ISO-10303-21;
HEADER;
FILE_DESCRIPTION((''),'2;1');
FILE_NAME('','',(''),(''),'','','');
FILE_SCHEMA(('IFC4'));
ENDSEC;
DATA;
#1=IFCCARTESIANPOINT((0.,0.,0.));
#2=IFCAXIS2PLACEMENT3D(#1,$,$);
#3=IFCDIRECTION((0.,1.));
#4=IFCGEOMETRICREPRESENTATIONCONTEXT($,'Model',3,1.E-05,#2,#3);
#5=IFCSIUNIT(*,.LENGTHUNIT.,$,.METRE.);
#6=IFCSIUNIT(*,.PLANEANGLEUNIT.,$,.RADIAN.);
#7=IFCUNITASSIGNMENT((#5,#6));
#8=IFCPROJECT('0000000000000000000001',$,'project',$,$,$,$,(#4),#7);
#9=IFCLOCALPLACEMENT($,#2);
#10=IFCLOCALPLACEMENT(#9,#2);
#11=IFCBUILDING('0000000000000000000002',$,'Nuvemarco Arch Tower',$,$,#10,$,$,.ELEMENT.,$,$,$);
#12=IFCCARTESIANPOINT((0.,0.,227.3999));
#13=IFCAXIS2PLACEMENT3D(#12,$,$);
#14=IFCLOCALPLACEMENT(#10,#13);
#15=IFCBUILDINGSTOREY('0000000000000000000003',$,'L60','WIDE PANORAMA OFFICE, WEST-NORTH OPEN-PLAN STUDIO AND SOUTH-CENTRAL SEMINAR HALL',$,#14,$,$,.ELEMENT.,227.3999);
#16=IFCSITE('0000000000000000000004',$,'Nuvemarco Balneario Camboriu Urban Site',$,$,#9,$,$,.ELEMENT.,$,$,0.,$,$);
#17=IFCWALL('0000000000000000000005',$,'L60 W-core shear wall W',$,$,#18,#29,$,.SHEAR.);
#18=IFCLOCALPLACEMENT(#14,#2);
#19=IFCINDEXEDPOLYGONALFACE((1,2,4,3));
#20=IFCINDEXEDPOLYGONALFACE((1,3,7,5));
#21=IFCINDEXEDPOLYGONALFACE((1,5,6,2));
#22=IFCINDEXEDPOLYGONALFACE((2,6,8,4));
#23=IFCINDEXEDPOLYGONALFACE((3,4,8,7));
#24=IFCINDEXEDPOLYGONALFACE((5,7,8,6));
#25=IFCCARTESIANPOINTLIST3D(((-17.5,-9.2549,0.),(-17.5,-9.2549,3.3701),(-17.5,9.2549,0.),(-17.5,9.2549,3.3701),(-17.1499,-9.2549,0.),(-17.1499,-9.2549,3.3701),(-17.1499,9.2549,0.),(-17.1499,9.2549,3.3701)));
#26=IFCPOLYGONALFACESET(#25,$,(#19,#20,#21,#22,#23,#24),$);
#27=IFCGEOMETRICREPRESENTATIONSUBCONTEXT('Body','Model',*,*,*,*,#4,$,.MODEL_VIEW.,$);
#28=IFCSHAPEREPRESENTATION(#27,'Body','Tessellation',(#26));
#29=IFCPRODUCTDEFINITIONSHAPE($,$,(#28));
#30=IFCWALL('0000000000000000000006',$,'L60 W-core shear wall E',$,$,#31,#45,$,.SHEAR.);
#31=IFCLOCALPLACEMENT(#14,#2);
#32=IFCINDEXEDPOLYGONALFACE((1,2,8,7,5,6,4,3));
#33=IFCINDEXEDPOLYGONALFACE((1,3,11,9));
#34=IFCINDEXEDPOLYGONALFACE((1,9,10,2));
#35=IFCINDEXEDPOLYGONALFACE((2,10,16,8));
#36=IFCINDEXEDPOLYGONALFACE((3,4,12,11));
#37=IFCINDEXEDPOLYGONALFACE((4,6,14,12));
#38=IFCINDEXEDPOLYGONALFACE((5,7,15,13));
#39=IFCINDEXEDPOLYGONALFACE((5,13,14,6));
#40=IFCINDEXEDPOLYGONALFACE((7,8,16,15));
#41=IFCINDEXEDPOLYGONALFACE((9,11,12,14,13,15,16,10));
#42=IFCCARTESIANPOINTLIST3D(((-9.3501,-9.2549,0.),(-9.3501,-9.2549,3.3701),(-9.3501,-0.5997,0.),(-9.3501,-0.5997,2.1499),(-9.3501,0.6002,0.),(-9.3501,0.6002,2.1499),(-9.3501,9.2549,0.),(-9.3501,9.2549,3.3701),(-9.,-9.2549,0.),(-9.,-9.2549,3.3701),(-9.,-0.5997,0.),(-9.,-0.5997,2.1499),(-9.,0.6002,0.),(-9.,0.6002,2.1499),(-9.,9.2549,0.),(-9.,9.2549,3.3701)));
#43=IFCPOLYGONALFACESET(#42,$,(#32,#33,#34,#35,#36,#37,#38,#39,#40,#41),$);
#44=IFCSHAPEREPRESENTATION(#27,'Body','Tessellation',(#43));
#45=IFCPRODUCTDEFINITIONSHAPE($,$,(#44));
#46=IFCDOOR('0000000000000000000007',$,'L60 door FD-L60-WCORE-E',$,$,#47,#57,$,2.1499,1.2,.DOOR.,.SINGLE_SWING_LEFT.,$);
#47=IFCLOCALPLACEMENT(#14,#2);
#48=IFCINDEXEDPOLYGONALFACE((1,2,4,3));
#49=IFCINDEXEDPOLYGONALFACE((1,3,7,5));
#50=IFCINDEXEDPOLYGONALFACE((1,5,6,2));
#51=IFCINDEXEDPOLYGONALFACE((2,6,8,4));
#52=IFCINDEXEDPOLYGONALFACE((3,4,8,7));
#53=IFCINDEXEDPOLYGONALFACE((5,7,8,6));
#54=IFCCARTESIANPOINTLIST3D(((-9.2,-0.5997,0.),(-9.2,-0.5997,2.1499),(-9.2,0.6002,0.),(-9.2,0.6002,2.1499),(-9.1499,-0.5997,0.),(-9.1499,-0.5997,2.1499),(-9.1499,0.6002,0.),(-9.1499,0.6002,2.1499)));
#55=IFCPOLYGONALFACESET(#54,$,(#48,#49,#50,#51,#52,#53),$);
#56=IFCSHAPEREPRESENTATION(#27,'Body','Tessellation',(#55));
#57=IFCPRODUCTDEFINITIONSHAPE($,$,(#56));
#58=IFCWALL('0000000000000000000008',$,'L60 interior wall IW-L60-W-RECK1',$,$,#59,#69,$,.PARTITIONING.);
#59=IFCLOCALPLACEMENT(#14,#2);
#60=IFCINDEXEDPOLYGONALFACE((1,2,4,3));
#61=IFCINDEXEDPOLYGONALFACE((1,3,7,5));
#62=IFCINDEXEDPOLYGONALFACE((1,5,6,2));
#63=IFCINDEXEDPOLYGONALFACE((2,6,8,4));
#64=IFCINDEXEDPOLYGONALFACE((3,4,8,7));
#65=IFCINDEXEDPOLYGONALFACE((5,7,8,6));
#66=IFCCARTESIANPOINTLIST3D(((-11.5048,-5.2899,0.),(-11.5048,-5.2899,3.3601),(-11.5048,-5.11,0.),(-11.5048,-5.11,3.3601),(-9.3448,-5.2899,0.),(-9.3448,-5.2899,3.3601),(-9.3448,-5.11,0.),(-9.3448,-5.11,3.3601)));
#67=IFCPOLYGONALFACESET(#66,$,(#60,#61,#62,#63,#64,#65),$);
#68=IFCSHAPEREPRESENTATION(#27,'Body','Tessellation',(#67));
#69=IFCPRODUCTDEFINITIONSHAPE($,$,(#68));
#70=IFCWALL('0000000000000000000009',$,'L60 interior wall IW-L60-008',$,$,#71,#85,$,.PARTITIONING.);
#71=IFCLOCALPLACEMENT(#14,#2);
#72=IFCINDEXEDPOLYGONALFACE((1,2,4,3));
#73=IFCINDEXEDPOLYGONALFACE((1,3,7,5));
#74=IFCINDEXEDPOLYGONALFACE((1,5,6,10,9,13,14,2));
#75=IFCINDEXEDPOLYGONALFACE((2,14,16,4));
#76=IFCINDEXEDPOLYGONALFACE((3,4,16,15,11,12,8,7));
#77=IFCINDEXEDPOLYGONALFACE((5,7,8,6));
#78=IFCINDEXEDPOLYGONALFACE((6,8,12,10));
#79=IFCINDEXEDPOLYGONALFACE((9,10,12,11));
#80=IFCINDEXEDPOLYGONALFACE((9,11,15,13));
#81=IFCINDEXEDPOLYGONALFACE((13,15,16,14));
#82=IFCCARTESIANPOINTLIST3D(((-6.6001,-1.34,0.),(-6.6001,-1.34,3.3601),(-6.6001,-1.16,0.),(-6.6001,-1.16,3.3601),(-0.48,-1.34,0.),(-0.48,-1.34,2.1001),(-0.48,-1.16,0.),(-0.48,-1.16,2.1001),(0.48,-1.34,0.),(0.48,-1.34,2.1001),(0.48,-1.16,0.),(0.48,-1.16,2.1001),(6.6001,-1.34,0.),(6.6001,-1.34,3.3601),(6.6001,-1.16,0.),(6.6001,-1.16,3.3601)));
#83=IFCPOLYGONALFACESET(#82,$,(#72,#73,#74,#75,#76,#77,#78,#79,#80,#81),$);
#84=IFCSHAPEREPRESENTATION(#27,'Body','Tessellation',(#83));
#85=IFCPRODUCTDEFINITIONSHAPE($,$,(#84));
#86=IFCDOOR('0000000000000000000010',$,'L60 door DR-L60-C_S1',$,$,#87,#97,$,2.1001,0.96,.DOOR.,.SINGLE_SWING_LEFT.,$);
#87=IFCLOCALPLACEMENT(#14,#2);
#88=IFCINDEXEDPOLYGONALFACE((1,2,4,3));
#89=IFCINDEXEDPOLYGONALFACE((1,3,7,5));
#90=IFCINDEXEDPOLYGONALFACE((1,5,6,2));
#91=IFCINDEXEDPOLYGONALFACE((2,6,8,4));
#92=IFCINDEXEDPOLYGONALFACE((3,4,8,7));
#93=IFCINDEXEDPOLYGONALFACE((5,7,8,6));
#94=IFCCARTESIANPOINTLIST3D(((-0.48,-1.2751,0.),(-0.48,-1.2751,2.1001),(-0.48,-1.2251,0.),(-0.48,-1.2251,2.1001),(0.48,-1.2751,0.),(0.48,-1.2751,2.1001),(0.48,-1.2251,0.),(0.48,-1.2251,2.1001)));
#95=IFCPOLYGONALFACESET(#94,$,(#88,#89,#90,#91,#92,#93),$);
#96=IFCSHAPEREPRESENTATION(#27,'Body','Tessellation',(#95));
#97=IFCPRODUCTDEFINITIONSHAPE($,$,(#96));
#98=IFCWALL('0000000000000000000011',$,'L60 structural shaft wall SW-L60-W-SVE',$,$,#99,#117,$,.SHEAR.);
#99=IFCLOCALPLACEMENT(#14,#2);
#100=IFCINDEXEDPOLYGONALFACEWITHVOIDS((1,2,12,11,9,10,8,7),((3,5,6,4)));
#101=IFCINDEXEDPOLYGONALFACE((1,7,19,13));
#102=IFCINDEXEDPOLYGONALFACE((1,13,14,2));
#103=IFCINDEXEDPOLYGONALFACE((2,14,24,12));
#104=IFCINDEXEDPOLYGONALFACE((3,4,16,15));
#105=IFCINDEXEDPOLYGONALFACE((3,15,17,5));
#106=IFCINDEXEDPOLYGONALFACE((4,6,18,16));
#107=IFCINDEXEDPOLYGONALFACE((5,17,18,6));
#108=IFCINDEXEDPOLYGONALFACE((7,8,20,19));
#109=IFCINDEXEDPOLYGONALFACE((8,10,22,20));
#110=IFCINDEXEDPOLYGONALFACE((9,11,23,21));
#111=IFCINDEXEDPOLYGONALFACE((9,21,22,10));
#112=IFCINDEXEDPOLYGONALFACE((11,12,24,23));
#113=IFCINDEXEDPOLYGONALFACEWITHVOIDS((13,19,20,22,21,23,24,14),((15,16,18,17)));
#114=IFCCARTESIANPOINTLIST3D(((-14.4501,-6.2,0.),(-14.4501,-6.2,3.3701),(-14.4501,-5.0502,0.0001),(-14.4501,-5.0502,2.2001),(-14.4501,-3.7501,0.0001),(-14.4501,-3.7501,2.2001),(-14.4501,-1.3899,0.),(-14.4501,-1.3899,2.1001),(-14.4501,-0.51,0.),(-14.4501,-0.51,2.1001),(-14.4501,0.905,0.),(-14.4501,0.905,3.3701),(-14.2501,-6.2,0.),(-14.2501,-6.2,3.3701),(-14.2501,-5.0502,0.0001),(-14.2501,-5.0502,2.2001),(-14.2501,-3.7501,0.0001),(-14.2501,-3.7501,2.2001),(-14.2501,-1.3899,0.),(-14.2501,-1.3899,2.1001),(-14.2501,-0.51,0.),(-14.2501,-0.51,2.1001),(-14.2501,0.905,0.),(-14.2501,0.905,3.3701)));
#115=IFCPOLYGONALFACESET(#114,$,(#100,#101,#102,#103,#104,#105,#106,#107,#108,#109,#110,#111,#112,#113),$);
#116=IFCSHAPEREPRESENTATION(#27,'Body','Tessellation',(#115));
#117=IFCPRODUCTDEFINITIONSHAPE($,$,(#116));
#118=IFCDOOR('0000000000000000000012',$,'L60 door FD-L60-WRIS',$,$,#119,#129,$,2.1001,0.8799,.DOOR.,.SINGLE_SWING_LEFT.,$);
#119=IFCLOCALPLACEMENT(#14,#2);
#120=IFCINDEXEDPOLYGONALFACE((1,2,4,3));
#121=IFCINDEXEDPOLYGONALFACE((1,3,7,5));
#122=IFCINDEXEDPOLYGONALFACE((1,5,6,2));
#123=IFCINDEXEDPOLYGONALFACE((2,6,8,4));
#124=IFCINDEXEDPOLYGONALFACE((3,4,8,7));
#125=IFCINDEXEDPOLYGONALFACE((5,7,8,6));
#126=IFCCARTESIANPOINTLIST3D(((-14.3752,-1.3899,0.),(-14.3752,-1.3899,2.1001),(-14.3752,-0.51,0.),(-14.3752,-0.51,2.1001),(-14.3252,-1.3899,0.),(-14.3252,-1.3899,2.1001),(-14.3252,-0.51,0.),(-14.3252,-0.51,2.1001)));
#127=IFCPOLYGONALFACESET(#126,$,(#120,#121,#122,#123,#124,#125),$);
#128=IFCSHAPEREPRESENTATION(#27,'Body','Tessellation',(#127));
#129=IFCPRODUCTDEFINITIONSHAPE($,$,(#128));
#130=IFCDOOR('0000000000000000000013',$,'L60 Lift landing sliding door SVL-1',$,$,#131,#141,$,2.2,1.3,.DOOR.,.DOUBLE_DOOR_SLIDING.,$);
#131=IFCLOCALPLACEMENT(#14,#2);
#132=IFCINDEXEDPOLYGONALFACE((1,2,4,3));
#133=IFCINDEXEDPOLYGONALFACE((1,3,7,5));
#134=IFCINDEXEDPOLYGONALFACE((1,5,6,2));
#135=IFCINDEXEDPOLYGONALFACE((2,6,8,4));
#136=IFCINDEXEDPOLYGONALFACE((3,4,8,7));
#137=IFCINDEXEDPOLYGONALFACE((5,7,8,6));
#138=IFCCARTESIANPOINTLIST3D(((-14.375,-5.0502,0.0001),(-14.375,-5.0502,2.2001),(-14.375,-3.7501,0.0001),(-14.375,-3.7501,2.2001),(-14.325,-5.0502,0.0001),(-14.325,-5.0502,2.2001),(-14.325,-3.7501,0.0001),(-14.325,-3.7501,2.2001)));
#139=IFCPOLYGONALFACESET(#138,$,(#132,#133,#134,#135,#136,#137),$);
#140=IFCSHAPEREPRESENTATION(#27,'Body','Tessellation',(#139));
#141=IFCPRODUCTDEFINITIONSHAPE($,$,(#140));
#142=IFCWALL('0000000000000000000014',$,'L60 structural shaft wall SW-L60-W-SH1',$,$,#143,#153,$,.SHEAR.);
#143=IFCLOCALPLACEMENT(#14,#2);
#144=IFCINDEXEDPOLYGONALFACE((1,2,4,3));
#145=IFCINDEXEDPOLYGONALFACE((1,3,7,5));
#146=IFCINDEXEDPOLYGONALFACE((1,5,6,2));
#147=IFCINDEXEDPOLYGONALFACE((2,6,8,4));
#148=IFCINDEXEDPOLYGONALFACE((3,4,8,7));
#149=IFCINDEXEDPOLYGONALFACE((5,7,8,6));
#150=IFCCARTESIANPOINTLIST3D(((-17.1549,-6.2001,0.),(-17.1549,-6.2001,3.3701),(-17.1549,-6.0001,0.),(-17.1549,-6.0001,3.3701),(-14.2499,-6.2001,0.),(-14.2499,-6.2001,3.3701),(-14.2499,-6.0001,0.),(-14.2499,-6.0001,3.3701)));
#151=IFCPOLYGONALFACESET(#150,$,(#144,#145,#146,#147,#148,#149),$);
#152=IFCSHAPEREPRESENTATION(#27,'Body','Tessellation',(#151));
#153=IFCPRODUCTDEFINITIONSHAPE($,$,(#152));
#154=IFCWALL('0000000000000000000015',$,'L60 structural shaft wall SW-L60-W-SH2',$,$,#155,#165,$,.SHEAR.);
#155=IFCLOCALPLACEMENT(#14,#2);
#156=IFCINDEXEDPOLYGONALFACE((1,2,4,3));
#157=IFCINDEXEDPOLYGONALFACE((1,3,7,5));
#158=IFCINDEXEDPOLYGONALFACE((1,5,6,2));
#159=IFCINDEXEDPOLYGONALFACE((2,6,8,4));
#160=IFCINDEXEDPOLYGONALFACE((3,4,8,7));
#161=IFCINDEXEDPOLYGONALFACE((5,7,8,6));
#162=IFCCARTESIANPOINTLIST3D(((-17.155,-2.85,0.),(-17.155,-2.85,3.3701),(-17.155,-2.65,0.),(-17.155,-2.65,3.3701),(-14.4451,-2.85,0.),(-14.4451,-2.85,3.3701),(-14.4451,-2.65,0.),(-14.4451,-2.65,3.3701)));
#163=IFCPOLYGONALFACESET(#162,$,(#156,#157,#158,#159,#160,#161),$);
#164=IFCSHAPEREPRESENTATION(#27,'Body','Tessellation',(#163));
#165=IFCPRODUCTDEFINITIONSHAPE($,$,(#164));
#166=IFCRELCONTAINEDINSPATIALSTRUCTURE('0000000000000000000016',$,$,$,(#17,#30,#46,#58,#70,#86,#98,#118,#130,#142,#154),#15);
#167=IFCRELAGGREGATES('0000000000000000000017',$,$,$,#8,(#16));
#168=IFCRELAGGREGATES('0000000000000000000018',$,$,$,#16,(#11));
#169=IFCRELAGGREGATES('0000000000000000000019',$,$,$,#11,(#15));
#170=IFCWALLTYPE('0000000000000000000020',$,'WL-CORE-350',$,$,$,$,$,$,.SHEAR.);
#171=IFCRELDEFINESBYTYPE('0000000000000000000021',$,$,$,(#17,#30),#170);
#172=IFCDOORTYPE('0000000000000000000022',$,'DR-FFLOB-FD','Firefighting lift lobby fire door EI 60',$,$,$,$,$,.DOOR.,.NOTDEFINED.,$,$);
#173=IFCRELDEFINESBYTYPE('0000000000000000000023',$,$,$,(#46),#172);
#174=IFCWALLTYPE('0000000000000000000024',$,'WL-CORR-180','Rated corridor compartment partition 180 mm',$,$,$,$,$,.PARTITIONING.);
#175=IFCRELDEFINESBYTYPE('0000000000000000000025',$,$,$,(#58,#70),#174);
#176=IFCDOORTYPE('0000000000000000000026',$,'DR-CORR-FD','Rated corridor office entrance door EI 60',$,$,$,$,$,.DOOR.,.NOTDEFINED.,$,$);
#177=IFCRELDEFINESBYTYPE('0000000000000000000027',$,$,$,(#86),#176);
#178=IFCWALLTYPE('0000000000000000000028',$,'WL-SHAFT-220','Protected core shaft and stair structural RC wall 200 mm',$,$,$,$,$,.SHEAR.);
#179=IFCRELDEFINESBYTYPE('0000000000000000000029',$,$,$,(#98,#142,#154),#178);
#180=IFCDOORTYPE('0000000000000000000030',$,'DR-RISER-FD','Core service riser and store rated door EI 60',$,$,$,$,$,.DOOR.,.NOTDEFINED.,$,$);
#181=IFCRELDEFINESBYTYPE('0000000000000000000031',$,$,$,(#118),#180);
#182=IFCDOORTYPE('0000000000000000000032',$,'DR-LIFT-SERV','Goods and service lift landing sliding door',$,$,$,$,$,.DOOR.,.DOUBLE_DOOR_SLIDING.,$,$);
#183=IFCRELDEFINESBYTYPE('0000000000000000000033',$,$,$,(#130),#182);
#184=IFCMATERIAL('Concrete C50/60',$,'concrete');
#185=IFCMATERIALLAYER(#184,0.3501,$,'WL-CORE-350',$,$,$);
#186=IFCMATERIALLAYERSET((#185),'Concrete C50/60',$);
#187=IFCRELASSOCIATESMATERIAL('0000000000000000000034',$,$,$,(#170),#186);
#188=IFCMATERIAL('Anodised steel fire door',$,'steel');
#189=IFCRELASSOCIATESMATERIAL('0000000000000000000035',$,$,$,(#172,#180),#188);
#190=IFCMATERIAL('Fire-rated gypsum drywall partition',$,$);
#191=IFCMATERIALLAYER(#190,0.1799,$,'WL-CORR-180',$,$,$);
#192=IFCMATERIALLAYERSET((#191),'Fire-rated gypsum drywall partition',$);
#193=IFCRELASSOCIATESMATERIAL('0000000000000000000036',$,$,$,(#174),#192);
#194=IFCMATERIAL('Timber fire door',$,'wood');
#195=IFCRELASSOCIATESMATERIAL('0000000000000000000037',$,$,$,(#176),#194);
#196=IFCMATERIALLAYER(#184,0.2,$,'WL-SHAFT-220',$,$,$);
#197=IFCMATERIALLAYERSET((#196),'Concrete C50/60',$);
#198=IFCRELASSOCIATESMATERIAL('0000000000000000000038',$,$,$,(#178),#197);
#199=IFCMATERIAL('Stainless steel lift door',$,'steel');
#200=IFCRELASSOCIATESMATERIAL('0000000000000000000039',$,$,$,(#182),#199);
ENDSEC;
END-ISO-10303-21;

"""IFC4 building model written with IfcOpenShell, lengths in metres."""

from ifc_helpers import new_model, si_unit, direction, frame, frame_2d, origin, place, context, subcontext, project, spatial, rectangle, extrude, source, transform, mapped, material, layer, layer_set, type_object, type_shapes, element, fill, save


model = new_model("IFC4")

# Units and contexts
model_context = context("Model", 3, precision=1e-05, world=origin(), true_north=direction((0.0, 1.0)))
body_context = subcontext(model_context, "Body", "Model", "MODEL_VIEW")
ifc_project = project(units=[si_unit("LENGTHUNIT", "METRE"), si_unit("PLANEANGLEUNIT", "RADIAN")], contexts=[model_context])

# Site, building, storey
site_placement = place(None, origin())
site = spatial("IfcSite", under=ifc_project, at=site_placement, Name="Nuvemarco Balneario Camboriu Urban Site", CompositionType="ELEMENT", RefElevation=0.0)
building_placement = place(site_placement, origin())
building = spatial("IfcBuilding", under=site, at=building_placement, Name="Nuvemarco Arch Tower", CompositionType="ELEMENT")
storey_placement = place(building_placement, frame((0.0, 0.0, 227.3999)))
storey = spatial("IfcBuildingStorey", under=building, at=storey_placement, Name="L60", Description="WIDE PANORAMA OFFICE, WEST-NORTH OPEN-PLAN STUDIO AND SOUTH-CENTRAL SEMINAR HALL", CompositionType="ELEMENT", Elevation=227.3999)

# Shared definitions
ifc_material_1 = material(Name="Concrete C50/60", Category="concrete")

# Wall
ifc_layer_1 = layer(ifc_material_1, 0.3501, Name="WL-CORE-350")
ifc_layer_set_1 = layer_set([ifc_layer_1], Name="Concrete C50/60")
wall_type_1 = type_object("IfcWallType", Name="WL-CORE-350", PredefinedType="SHEAR", material=ifc_layer_set_1)
wall_1_placement = place(storey_placement, frame((-17.325, -9.2549, 0.0), z_axis=(0.0, 0.0, 1.0), x_axis=(0.0, 1.0, 0.0)))
element("IfcWall", 1, at=wall_1_placement, inside=storey, type_object=wall_type_1, Name="L60 W-core shear wall W", PredefinedType="SHEAR", context=body_context, shape_type="SweptSolid", body=[
    extrude(rectangle(XDim=18.5098, YDim=0.3501, at=frame_2d((9.2549, 0.0))), origin(), (0.0, 0.0, 1.0), 3.3701),
])

# Wall, opening, door
wall_2_placement = place(storey_placement, frame((-9.175, -9.2549, 0.0), z_axis=(0.0, 0.0, 1.0), x_axis=(0.0, 1.0, 0.0)))
wall_2 = element("IfcWall", 2, at=wall_2_placement, inside=storey, type_object=wall_type_1, Name="L60 W-core shear wall E", PredefinedType="SHEAR", context=body_context, shape_type="SweptSolid", body=[
    extrude(rectangle(XDim=18.5098, YDim=0.3501, at=frame_2d((9.2549, 0.0))), origin(), (0.0, 0.0, 1.0), 3.3701),
])
opening_1_placement = place(wall_2_placement, frame((8.655, 0.0, 0.0)))
opening_1 = element("IfcOpeningElement", 3, at=opening_1_placement, cuts=wall_2, PredefinedType="OPENING", context=body_context, shape_type="SweptSolid", body=[
    extrude(rectangle(XDim=1.2, YDim=2.1499, at=frame_2d((0.6001, 1.075))), frame((0.0, 0.1851, 0.0), z_axis=(0.0, -1.0, 0.0), x_axis=(1.0, 0.0, 0.0)), (0.0, 0.0, 1.0), 0.3701),
])
ifc_material_2 = material(Name="Anodised steel fire door", Category="steel")
door_type_1 = type_object("IfcDoorType", Name="DR-FFLOB-FD", Description="Firefighting lift lobby fire door EI 60", OperationType="NOTDEFINED", PredefinedType="DOOR", material=ifc_material_2)
shared_shape_1 = source(origin(), body_context, "Body", "SweptSolid", [
    extrude(rectangle(XDim=1.2, YDim=2.1499, at=frame_2d((0.6001, 1.075))), frame((0.0, 0.0249, 0.0), z_axis=(0.0, -1.0, 0.0), x_axis=(1.0, 0.0, 0.0)), (0.0, 0.0, 1.0), 0.05),
])
type_shapes(door_type_1, [shared_shape_1])
door_1_placement = place(opening_1_placement, origin())
door_1 = element("IfcDoor", 4, at=door_1_placement, inside=storey, type_object=door_type_1, Name="L60 door FD-L60-WCORE-E", OperationType="SINGLE_SWING_LEFT", OverallHeight=2.1499, OverallWidth=1.2, PredefinedType="DOOR", context=body_context, shape_type="MappedRepresentation", body=[
    mapped(shared_shape_1, transform((0.0, 0.0, 0.0), scale=1.0)),
])
fill(opening_1, door_1)

# Wall
ifc_material_3 = material(Name="Fire-rated gypsum drywall partition")
ifc_layer_2 = layer(ifc_material_3, 0.1799, Name="WL-CORR-180")
ifc_layer_set_2 = layer_set([ifc_layer_2], Name="Fire-rated gypsum drywall partition")
wall_type_2 = type_object("IfcWallType", Name="WL-CORR-180", Description="Rated corridor compartment partition 180 mm", PredefinedType="PARTITIONING", material=ifc_layer_set_2)
wall_3_placement = place(storey_placement, frame((-11.5049, -5.2, 0.0), z_axis=(0.0, 0.0, 1.0), x_axis=(1.0, 0.0, 0.0)))
element("IfcWall", 5, at=wall_3_placement, inside=storey, type_object=wall_type_2, Name="L60 interior wall IW-L60-W-RECK1", PredefinedType="PARTITIONING", context=body_context, shape_type="SweptSolid", body=[
    extrude(rectangle(XDim=2.1599, YDim=0.1799, at=frame_2d((1.0801, 0.0))), origin(), (0.0, 0.0, 1.0), 3.3601),
])

# Wall, opening, door
wall_4_placement = place(storey_placement, frame((-6.6001, -1.25, 0.0), z_axis=(0.0, 0.0, 1.0), x_axis=(1.0, 0.0, 0.0)))
wall_4 = element("IfcWall", 6, at=wall_4_placement, inside=storey, type_object=wall_type_2, Name="L60 interior wall IW-L60-008", PredefinedType="PARTITIONING", context=body_context, shape_type="SweptSolid", body=[
    extrude(rectangle(XDim=13.2002, YDim=0.1799, at=frame_2d((6.6001, 0.0))), origin(), (0.0, 0.0, 1.0), 3.3601),
])
opening_2_placement = place(wall_4_placement, frame((6.1201, 0.0, 0.0)))
opening_2 = element("IfcOpeningElement", 7, at=opening_2_placement, cuts=wall_4, PredefinedType="OPENING", context=body_context, shape_type="SweptSolid", body=[
    extrude(rectangle(XDim=0.96, YDim=2.1001, at=frame_2d((0.48, 1.05))), frame((0.0, 0.0999, 0.0), z_axis=(0.0, -1.0, 0.0), x_axis=(1.0, 0.0, 0.0)), (0.0, 0.0, 1.0), 0.2),
])
ifc_material_4 = material(Name="Timber fire door", Category="wood")
door_type_2 = type_object("IfcDoorType", Name="DR-CORR-FD", Description="Rated corridor office entrance door EI 60", OperationType="NOTDEFINED", PredefinedType="DOOR", material=ifc_material_4)
shared_shape_2 = source(origin(), body_context, "Body", "SweptSolid", [
    extrude(rectangle(XDim=0.96, YDim=2.1001, at=frame_2d((0.48, 1.05))), frame((0.0, 0.0249, 0.0), z_axis=(0.0, -1.0, 0.0), x_axis=(1.0, 0.0, 0.0)), (0.0, 0.0, 1.0), 0.05),
])
type_shapes(door_type_2, [shared_shape_2])
door_2_placement = place(opening_2_placement, origin())
door_2 = element("IfcDoor", 8, at=door_2_placement, inside=storey, type_object=door_type_2, Name="L60 door DR-L60-C_S1", OperationType="SINGLE_SWING_LEFT", OverallHeight=2.1001, OverallWidth=0.96, PredefinedType="DOOR", context=body_context, shape_type="MappedRepresentation", body=[
    mapped(shared_shape_2, transform((0.0, 0.0, 0.0), scale=1.0)),
])
fill(opening_2, door_2)
ifc_layer_3 = layer(ifc_material_1, 0.2, Name="WL-SHAFT-220")
ifc_layer_set_3 = layer_set([ifc_layer_3], Name="Concrete C50/60")
wall_type_3 = type_object("IfcWallType", Name="WL-SHAFT-220", Description="Protected core shaft and stair structural RC wall 200 mm", PredefinedType="SHEAR", material=ifc_layer_set_3)
ifc_material_5 = material(Name="Stainless steel lift door", Category="steel")

# Wall, openings, doors
wall_5_placement = place(storey_placement, frame((-14.3501, -6.2, 0.0), z_axis=(0.0, 0.0, 1.0), x_axis=(0.0, 1.0, 0.0)))
wall_5 = element("IfcWall", 9, at=wall_5_placement, inside=storey, type_object=wall_type_3, Name="L60 structural shaft wall SW-L60-W-SVE", PredefinedType="SHEAR", context=body_context, shape_type="SweptSolid", body=[
    extrude(rectangle(XDim=7.105, YDim=0.2, at=frame_2d((3.5525, 0.0))), origin(), (0.0, 0.0, 1.0), 3.3701),
])
opening_3_placement = place(wall_5_placement, frame((5.6899, 0.0, 0.0), z_axis=(0.0, 0.0, 1.0), x_axis=(-1.0, 0.0, 0.0)))
opening_3 = element("IfcOpeningElement", 10, at=opening_3_placement, cuts=wall_5, PredefinedType="OPENING", context=body_context, shape_type="SweptSolid", body=[
    extrude(rectangle(XDim=0.8799, YDim=2.1001, at=frame_2d((0.4399, 1.05))), frame((0.0, 0.1099, 0.0), z_axis=(0.0, -1.0, 0.0), x_axis=(1.0, 0.0, 0.0)), (0.0, 0.0, 1.0), 0.22),
])
opening_4_placement = place(wall_5_placement, frame((1.1499, 0.0, 0.0)))
opening_4 = element("IfcOpeningElement", 11, at=opening_4_placement, cuts=wall_5, PredefinedType="OPENING", context=body_context, shape_type="SweptSolid", body=[
    extrude(rectangle(XDim=1.3, YDim=2.2, at=frame_2d((0.6499, 1.1001))), frame((0.0, 0.1099, 0.0), z_axis=(0.0, -1.0, 0.0), x_axis=(1.0, 0.0, 0.0)), (0.0, 0.0, 1.0), 0.22),
])
door_type_3 = type_object("IfcDoorType", Name="DR-RISER-FD", Description="Core service riser and store rated door EI 60", OperationType="NOTDEFINED", PredefinedType="DOOR", material=ifc_material_2)
shared_shape_3 = source(origin(), body_context, "Body", "SweptSolid", [
    extrude(rectangle(XDim=0.8799, YDim=2.1001, at=frame_2d((0.4399, 1.05))), frame((0.0, 0.0249, 0.0), z_axis=(0.0, -1.0, 0.0), x_axis=(1.0, 0.0, 0.0)), (0.0, 0.0, 1.0), 0.05),
])
type_shapes(door_type_3, [shared_shape_3])
door_3_placement = place(opening_3_placement, origin())
door_3 = element("IfcDoor", 12, at=door_3_placement, inside=storey, type_object=door_type_3, Name="L60 door FD-L60-WRIS", OperationType="SINGLE_SWING_LEFT", OverallHeight=2.1001, OverallWidth=0.8799, PredefinedType="DOOR", context=body_context, shape_type="MappedRepresentation", body=[
    mapped(shared_shape_3, transform((0.0, 0.0, 0.0), scale=1.0)),
])
fill(opening_3, door_3)
door_type_4 = type_object("IfcDoorType", Name="DR-LIFT-SERV", Description="Goods and service lift landing sliding door", OperationType="DOUBLE_DOOR_SLIDING", PredefinedType="DOOR", material=ifc_material_5)
shared_shape_4 = source(origin(), body_context, "Body", "SweptSolid", [
    extrude(rectangle(XDim=1.3, YDim=2.2, at=frame_2d((0.6499, 1.1001))), frame((0.0, 0.0249, 0.0), z_axis=(0.0, -1.0, 0.0), x_axis=(1.0, 0.0, 0.0)), (0.0, 0.0, 1.0), 0.05),
])
type_shapes(door_type_4, [shared_shape_4])
door_4_placement = place(opening_4_placement, origin())
door_4 = element("IfcDoor", 13, at=door_4_placement, inside=storey, type_object=door_type_4, Name="L60 Lift landing sliding door SVL-1", OperationType="DOUBLE_DOOR_SLIDING", OverallHeight=2.2, OverallWidth=1.3, PredefinedType="DOOR", context=body_context, shape_type="MappedRepresentation", body=[
    mapped(shared_shape_4, transform((0.0, 0.0, 0.0), scale=1.0)),
])
fill(opening_4, door_4)

# Walls
wall_6_placement = place(storey_placement, frame((-17.155, -6.1001, 0.0), z_axis=(0.0, 0.0, 1.0), x_axis=(1.0, 0.0, 0.0)))
element("IfcWall", 14, at=wall_6_placement, inside=storey, type_object=wall_type_3, Name="L60 structural shaft wall SW-L60-W-SH1", PredefinedType="SHEAR", context=body_context, shape_type="SweptSolid", body=[
    extrude(rectangle(XDim=2.905, YDim=0.2, at=frame_2d((1.4526, 0.0))), origin(), (0.0, 0.0, 1.0), 3.3701),
])
wall_7_placement = place(storey_placement, frame((-17.155, -2.75, 0.0), z_axis=(0.0, 0.0, 1.0), x_axis=(1.0, 0.0, 0.0)))
element("IfcWall", 15, at=wall_7_placement, inside=storey, type_object=wall_type_3, Name="L60 structural shaft wall SW-L60-W-SH2", PredefinedType="SHEAR", context=body_context, shape_type="SweptSolid", body=[
    extrude(rectangle(XDim=2.71, YDim=0.2, at=frame_2d((1.355, 0.0))), origin(), (0.0, 0.0, 1.0), 3.3701),
])

save(model, "model.ifc")
